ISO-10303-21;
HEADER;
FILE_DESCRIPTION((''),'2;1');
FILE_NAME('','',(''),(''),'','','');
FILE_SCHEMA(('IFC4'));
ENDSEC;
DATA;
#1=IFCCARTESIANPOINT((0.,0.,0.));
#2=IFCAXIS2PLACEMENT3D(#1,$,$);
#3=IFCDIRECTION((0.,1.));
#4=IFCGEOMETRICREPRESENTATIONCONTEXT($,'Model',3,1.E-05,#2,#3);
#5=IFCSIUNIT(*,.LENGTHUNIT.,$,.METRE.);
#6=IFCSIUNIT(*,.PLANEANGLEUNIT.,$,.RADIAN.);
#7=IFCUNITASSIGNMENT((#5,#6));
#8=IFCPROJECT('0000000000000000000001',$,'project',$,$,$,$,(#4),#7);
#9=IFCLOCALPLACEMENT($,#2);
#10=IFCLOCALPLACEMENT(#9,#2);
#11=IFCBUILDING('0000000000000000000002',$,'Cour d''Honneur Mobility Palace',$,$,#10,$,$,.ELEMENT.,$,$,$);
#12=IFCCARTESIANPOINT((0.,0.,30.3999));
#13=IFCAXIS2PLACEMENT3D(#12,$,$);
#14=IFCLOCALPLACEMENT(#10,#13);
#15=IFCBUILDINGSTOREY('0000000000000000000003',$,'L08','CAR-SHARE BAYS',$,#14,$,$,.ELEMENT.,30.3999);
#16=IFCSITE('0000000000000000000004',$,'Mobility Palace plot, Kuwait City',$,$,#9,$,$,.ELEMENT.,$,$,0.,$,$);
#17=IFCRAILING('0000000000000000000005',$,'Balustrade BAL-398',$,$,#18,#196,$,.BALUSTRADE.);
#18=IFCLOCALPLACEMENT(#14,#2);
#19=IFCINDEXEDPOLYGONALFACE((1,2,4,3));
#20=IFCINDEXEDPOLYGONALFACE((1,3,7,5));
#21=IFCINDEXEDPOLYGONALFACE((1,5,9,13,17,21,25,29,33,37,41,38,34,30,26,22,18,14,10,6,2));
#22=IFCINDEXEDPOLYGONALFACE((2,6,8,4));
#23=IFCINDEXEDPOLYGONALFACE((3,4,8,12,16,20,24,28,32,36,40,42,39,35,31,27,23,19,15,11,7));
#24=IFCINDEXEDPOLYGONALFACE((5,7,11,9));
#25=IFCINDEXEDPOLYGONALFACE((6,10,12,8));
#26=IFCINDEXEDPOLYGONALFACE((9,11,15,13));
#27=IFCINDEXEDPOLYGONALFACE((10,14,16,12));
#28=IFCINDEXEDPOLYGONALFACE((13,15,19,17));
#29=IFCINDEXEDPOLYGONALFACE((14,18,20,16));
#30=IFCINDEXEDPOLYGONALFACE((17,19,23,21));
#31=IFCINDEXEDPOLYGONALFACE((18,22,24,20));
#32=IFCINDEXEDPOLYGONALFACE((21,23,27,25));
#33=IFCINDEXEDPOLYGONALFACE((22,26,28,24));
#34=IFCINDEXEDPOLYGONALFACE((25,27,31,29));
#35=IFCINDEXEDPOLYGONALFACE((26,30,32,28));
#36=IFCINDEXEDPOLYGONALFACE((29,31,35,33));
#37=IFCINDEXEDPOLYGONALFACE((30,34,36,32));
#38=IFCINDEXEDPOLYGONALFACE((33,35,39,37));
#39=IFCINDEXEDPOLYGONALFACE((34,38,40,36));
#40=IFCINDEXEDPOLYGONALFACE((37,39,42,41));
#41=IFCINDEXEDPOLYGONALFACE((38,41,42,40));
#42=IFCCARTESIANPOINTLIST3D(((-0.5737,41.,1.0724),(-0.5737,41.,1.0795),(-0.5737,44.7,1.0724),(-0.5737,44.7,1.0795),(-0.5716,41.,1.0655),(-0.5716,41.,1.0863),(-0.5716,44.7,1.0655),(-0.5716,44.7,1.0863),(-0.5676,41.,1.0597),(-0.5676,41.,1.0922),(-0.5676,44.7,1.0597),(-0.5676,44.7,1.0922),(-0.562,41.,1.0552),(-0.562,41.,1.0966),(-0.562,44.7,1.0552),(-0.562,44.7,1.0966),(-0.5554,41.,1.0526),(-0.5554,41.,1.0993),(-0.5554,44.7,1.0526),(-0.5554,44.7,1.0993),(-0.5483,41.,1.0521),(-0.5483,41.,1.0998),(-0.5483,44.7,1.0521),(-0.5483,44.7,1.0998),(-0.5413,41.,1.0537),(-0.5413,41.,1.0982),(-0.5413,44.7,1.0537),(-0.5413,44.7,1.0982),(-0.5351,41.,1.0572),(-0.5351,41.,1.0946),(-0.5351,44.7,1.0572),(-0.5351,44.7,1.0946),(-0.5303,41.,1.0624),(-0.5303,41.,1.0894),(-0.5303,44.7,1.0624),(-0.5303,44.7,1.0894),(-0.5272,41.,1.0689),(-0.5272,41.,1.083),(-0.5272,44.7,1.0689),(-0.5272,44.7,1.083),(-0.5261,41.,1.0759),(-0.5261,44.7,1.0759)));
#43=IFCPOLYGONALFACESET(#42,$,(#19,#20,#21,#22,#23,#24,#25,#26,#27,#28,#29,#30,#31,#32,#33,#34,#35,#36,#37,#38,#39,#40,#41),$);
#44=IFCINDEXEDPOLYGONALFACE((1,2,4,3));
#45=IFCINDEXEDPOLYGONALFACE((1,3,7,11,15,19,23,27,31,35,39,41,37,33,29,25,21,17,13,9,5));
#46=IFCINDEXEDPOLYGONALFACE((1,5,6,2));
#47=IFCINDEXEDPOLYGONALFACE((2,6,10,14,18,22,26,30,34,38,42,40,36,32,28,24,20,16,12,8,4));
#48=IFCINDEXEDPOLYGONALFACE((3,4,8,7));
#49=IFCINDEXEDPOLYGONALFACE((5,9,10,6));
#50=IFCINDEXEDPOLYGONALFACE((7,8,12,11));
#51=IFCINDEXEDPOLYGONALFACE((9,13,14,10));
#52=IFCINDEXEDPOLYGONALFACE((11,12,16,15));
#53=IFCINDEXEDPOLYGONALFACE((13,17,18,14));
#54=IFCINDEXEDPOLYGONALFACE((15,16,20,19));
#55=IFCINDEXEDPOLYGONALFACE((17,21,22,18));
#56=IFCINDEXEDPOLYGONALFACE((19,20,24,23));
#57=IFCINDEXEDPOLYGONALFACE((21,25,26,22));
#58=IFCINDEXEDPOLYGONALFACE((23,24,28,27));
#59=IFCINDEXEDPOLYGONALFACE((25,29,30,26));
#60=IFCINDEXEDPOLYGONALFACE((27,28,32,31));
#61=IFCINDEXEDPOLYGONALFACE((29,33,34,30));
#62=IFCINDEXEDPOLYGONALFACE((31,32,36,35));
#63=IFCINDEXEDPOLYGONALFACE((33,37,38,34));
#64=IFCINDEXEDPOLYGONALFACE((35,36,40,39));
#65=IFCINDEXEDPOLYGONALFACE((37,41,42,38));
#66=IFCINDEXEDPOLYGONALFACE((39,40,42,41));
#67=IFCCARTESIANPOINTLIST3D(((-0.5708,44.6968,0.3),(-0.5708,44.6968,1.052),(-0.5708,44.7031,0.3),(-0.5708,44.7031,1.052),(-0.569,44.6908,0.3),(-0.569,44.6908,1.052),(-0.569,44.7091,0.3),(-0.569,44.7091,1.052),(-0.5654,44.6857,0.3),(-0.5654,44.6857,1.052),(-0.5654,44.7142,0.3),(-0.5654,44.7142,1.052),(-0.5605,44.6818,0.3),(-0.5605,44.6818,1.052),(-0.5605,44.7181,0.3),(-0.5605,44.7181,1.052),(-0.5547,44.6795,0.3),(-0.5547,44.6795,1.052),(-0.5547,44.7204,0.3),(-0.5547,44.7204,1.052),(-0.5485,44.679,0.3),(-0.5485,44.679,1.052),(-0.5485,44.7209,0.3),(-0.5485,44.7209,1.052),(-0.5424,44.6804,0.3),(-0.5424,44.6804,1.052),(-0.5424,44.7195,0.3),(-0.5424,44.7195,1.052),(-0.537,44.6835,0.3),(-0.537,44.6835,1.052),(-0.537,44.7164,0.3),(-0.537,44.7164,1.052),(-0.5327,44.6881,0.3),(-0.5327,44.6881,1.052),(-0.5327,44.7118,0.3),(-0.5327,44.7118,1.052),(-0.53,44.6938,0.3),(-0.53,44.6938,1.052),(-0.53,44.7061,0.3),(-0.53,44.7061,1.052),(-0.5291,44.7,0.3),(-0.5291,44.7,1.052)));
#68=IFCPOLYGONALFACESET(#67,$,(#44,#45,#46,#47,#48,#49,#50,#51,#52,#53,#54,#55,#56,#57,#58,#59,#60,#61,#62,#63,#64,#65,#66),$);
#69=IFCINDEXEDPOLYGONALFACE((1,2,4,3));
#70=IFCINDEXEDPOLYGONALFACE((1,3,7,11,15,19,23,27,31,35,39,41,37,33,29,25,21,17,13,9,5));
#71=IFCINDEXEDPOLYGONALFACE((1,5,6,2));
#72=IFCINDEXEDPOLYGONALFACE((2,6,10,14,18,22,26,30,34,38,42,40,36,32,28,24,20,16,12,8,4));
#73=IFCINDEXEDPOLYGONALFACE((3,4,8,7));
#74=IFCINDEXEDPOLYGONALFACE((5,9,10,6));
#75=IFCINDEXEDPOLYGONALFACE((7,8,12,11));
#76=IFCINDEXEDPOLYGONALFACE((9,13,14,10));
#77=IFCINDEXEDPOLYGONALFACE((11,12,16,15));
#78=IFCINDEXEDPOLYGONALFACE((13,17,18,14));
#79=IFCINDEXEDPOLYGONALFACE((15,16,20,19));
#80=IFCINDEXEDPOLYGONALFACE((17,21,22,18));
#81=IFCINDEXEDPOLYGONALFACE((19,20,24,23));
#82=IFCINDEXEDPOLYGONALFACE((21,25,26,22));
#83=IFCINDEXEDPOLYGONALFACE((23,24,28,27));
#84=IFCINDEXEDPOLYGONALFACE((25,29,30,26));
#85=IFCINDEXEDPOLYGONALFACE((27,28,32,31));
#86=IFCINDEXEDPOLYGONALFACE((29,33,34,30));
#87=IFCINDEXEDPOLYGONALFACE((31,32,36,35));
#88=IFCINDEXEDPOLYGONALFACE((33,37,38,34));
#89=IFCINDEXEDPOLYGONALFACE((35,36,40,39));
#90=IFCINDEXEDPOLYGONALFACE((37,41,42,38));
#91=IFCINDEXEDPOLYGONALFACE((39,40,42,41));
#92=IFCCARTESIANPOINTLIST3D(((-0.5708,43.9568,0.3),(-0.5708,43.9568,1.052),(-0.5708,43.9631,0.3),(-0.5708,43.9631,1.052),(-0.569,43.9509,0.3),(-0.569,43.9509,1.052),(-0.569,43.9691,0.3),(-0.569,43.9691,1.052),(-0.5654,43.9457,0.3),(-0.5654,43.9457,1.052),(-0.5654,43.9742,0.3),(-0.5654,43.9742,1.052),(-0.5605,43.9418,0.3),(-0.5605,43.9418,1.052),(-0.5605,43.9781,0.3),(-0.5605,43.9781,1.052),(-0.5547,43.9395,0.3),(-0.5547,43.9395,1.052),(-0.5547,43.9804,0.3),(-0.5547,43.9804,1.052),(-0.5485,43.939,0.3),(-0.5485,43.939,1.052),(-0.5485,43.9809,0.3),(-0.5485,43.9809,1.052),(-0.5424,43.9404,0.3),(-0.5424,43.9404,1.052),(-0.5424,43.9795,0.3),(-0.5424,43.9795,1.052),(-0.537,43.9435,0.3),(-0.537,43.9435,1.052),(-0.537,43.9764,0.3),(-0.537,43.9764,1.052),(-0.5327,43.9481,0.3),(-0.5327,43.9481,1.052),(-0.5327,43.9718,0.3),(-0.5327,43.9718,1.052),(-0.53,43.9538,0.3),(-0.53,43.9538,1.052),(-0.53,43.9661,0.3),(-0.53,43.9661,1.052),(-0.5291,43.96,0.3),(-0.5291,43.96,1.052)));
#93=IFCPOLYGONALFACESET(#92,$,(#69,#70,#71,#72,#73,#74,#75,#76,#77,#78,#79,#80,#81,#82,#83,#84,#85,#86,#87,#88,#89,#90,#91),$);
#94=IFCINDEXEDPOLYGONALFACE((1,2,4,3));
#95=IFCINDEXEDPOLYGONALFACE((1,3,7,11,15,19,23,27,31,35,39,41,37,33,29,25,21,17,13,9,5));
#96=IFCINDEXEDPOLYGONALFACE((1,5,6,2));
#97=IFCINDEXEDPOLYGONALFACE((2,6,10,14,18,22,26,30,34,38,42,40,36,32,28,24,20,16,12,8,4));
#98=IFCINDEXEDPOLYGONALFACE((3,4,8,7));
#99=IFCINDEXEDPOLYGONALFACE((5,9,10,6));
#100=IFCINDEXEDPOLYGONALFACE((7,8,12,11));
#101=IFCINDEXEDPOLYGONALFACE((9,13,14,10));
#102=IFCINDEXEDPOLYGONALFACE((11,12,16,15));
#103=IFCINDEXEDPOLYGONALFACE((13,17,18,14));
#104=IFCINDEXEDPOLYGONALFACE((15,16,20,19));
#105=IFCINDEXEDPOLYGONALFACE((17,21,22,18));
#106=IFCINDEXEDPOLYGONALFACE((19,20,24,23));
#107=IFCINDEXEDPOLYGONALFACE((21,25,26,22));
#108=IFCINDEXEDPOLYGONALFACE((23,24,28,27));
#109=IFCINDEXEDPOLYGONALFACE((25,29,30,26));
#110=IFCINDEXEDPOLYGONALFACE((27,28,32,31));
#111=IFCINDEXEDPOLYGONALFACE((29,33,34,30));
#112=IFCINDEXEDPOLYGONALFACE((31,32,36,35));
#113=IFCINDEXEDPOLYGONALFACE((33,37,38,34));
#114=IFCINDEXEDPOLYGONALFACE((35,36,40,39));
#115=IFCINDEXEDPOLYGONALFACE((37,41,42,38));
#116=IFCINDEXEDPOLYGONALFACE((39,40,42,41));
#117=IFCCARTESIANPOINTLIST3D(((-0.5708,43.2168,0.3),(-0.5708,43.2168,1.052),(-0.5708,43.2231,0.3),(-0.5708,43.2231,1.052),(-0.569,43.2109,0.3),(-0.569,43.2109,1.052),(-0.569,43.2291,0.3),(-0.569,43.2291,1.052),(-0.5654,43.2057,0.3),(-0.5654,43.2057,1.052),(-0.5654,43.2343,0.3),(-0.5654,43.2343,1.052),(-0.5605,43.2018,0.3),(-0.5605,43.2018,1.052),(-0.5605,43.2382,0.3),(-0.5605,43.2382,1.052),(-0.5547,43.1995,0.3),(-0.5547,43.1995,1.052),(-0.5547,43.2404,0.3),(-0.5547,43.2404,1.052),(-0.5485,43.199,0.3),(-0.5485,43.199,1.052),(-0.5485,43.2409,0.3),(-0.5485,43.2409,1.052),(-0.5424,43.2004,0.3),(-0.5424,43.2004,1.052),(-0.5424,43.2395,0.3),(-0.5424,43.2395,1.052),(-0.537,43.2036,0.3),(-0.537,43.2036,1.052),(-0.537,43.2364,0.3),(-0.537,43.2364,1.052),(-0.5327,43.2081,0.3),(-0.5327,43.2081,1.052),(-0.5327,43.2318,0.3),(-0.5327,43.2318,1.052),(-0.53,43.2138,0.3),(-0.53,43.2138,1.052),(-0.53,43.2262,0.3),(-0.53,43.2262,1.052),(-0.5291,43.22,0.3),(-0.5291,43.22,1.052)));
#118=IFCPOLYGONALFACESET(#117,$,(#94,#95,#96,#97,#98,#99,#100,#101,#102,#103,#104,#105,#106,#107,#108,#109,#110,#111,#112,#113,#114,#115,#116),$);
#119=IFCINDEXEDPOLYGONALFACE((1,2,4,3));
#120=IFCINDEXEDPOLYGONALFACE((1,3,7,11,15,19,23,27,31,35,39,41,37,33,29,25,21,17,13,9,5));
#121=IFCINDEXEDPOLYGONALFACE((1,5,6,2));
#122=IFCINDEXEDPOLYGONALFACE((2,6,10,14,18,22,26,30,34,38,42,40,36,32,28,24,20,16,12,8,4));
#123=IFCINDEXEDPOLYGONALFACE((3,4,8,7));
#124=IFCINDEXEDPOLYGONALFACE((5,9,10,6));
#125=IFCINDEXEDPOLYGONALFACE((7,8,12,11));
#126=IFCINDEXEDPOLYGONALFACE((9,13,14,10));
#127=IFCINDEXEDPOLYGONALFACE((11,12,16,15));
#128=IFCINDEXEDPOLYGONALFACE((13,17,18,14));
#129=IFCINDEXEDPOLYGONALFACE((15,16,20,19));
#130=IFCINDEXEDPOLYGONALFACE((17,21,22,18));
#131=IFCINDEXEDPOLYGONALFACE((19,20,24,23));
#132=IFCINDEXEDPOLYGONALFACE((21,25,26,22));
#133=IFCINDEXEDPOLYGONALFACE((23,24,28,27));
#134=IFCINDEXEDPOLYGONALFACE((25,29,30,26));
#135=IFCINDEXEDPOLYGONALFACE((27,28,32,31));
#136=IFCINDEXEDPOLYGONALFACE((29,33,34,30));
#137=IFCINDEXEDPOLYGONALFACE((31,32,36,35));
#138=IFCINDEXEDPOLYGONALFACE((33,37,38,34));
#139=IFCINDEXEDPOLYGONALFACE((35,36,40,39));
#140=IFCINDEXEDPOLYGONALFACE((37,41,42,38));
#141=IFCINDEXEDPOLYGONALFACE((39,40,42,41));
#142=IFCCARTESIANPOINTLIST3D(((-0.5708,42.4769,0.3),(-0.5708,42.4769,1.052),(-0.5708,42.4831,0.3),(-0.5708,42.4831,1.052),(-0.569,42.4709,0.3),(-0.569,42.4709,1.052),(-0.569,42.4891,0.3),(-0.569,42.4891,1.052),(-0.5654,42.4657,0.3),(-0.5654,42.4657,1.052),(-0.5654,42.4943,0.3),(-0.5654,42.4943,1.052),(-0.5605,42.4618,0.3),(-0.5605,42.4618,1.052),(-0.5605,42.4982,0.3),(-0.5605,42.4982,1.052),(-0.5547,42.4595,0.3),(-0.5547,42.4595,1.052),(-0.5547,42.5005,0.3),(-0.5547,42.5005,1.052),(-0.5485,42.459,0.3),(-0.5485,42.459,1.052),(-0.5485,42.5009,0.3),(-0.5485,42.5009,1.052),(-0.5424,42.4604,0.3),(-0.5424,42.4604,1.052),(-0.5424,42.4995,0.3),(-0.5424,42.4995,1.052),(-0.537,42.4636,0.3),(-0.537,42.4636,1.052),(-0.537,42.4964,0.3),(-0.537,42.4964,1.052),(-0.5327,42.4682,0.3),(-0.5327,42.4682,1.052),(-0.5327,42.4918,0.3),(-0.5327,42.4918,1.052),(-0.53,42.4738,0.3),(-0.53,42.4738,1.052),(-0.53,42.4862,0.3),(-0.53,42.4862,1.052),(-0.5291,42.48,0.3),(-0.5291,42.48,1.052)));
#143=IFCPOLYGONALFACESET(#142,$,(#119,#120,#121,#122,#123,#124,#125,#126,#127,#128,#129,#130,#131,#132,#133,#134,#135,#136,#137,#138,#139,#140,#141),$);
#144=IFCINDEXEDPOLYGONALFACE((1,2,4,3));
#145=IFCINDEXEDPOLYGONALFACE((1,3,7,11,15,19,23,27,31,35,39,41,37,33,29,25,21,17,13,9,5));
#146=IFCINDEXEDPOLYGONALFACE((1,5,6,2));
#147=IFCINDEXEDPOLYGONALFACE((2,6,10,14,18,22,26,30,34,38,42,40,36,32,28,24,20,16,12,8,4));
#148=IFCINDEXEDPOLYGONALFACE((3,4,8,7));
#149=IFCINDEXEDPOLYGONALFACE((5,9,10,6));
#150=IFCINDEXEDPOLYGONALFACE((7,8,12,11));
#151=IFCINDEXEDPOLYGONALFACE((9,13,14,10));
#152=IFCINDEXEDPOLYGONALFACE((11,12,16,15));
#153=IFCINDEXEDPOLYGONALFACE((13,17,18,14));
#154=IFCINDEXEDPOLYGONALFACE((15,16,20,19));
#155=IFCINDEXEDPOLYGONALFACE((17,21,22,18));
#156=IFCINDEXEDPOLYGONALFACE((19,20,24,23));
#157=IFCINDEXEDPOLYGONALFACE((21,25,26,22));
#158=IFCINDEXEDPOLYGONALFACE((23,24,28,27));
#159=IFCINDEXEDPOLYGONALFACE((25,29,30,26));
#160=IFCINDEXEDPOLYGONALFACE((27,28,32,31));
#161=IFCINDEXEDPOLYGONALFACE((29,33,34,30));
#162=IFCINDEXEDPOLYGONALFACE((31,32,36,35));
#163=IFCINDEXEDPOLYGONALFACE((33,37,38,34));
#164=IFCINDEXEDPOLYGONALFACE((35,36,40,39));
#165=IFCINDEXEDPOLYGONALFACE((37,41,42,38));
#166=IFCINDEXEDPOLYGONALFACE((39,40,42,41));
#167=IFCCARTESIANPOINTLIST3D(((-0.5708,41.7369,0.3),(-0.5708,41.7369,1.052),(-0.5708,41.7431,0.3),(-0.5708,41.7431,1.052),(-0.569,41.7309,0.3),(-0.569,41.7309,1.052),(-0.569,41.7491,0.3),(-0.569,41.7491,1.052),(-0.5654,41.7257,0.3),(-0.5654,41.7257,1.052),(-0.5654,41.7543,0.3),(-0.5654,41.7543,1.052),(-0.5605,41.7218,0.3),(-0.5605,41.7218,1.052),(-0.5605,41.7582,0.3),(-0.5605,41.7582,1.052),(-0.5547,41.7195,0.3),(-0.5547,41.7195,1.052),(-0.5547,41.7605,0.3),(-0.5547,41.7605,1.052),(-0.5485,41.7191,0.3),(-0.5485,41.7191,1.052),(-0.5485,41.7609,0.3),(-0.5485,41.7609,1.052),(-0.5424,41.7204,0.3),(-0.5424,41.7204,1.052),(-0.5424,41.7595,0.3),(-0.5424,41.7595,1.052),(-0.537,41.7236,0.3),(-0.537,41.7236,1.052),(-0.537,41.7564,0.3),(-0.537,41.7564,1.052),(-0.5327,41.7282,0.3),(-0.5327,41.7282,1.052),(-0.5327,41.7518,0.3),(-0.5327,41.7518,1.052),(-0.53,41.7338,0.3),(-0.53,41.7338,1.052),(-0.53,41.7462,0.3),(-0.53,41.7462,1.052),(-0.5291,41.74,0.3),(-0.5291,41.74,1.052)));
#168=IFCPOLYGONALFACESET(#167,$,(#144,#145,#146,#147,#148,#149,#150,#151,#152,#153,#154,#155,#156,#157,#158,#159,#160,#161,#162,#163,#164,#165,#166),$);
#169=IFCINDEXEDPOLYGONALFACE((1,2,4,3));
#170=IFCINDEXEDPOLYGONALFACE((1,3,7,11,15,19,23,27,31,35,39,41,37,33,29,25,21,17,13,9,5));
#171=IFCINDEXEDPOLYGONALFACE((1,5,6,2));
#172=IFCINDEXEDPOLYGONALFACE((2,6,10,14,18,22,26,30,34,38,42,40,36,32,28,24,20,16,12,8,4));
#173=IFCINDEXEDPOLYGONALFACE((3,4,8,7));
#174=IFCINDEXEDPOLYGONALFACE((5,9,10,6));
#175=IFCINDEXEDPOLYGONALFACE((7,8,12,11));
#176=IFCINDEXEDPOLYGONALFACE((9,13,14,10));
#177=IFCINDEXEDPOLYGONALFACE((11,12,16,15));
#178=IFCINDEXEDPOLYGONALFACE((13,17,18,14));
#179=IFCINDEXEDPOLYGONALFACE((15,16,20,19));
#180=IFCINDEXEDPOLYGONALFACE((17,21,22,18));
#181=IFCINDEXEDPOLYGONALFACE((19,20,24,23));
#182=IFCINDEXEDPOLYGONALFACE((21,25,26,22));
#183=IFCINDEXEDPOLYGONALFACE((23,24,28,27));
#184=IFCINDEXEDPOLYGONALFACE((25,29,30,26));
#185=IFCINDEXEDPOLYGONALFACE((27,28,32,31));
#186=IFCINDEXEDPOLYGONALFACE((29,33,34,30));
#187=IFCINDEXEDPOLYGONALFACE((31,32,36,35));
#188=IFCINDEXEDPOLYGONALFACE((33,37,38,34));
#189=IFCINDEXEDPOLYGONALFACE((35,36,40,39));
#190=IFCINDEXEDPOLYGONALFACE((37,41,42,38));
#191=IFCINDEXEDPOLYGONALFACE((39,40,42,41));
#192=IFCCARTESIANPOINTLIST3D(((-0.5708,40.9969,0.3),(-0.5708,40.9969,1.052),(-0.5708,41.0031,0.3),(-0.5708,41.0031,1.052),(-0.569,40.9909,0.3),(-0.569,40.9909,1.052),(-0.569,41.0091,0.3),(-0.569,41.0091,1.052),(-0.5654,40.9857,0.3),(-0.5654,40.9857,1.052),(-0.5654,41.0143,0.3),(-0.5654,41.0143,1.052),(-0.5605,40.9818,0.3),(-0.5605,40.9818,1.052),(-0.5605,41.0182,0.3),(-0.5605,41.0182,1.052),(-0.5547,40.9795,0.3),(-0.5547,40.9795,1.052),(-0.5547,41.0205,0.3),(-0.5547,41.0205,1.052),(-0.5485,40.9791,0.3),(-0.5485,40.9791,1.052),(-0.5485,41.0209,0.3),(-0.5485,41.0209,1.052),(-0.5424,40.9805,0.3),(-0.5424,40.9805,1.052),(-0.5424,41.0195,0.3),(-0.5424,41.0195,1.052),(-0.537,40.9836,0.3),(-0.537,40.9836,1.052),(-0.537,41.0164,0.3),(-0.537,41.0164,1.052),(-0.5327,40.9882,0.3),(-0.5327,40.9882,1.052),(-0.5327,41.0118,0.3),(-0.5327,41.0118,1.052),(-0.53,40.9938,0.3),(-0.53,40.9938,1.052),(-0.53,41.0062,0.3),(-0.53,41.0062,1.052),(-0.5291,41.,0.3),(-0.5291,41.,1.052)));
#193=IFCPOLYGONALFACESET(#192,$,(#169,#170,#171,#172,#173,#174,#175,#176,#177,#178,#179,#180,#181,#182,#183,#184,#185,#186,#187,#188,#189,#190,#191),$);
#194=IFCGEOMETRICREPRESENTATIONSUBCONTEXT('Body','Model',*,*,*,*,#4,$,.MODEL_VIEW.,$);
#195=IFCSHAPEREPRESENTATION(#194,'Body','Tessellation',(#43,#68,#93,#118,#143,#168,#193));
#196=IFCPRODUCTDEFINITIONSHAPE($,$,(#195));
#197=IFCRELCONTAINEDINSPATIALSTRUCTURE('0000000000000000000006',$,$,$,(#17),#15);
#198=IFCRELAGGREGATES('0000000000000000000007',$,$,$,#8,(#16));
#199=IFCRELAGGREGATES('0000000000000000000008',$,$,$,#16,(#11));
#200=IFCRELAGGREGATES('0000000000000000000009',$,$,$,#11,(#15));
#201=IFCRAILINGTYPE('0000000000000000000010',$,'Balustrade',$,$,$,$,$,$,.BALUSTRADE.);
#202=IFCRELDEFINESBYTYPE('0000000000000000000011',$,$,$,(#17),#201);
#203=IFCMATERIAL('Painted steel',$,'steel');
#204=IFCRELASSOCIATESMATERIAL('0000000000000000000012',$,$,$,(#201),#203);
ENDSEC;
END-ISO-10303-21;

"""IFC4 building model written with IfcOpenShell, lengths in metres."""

from ifc_helpers import new_model, si_unit, direction, frame, origin, origin_2d, place, context, subcontext, project, spatial, circle, extrude, material, type_object, element, save


model = new_model("IFC4")

# Units and contexts
model_context = context("Model", 3, precision=1e-05, world=origin(), true_north=direction((0.0, 1.0)))
body_context = subcontext(model_context, "Body", "Model", "MODEL_VIEW")
ifc_project = project(units=[si_unit("LENGTHUNIT", "METRE"), si_unit("PLANEANGLEUNIT", "RADIAN")], contexts=[model_context])

# Site, building, storey
site_placement = place(None, origin())
site = spatial("IfcSite", under=ifc_project, at=site_placement, Name="Mobility Palace plot, Kuwait City", CompositionType="ELEMENT", RefElevation=0.0)
building_placement = place(site_placement, origin())
building = spatial("IfcBuilding", under=site, at=building_placement, Name="Cour d'Honneur Mobility Palace", CompositionType="ELEMENT")
storey_placement = place(building_placement, frame((0.0, 0.0, 30.3999)))
storey = spatial("IfcBuildingStorey", under=building, at=storey_placement, Name="L08", Description="CAR-SHARE BAYS", CompositionType="ELEMENT", Elevation=30.3999)

# Railing
ifc_material_1 = material(Name="Painted steel", Category="steel")
railing_type_1 = type_object("IfcRailingType", Name="Balustrade", PredefinedType="BALUSTRADE", material=ifc_material_1)
railing_1_placement = place(storey_placement, frame((-0.55, 44.7, 0.3)))
element("IfcRailing", 1, at=railing_1_placement, inside=storey, type_object=railing_type_1, Name="Balustrade BAL-398", PredefinedType="BALUSTRADE", context=body_context, shape_type="SweptSolid", body=[
    extrude(circle(Radius=0.0239, at=origin_2d()), frame((0.0, 0.0, 0.7759), z_axis=(0.0, -1.0, 0.0), x_axis=(1.0, 0.0, 0.0)), (0.0, 0.0, 1.0), 3.7),
    extrude(circle(Radius=0.021, at=origin_2d()), origin(), (0.0, 0.0, 1.0), 0.752),
    extrude(circle(Radius=0.021, at=origin_2d()), frame((0.0, -0.74, 0.0)), (0.0, 0.0, 1.0), 0.752),
    extrude(circle(Radius=0.021, at=origin_2d()), frame((0.0, -1.48, 0.0)), (0.0, 0.0, 1.0), 0.752),
    extrude(circle(Radius=0.021, at=origin_2d()), frame((0.0, -2.22, 0.0)), (0.0, 0.0, 1.0), 0.752),
    extrude(circle(Radius=0.021, at=origin_2d()), frame((0.0, -2.96, 0.0)), (0.0, 0.0, 1.0), 0.752),
    extrude(circle(Radius=0.021, at=origin_2d()), frame((0.0, -3.7, 0.0)), (0.0, 0.0, 1.0), 0.752),
])

save(model, "model.ifc")
